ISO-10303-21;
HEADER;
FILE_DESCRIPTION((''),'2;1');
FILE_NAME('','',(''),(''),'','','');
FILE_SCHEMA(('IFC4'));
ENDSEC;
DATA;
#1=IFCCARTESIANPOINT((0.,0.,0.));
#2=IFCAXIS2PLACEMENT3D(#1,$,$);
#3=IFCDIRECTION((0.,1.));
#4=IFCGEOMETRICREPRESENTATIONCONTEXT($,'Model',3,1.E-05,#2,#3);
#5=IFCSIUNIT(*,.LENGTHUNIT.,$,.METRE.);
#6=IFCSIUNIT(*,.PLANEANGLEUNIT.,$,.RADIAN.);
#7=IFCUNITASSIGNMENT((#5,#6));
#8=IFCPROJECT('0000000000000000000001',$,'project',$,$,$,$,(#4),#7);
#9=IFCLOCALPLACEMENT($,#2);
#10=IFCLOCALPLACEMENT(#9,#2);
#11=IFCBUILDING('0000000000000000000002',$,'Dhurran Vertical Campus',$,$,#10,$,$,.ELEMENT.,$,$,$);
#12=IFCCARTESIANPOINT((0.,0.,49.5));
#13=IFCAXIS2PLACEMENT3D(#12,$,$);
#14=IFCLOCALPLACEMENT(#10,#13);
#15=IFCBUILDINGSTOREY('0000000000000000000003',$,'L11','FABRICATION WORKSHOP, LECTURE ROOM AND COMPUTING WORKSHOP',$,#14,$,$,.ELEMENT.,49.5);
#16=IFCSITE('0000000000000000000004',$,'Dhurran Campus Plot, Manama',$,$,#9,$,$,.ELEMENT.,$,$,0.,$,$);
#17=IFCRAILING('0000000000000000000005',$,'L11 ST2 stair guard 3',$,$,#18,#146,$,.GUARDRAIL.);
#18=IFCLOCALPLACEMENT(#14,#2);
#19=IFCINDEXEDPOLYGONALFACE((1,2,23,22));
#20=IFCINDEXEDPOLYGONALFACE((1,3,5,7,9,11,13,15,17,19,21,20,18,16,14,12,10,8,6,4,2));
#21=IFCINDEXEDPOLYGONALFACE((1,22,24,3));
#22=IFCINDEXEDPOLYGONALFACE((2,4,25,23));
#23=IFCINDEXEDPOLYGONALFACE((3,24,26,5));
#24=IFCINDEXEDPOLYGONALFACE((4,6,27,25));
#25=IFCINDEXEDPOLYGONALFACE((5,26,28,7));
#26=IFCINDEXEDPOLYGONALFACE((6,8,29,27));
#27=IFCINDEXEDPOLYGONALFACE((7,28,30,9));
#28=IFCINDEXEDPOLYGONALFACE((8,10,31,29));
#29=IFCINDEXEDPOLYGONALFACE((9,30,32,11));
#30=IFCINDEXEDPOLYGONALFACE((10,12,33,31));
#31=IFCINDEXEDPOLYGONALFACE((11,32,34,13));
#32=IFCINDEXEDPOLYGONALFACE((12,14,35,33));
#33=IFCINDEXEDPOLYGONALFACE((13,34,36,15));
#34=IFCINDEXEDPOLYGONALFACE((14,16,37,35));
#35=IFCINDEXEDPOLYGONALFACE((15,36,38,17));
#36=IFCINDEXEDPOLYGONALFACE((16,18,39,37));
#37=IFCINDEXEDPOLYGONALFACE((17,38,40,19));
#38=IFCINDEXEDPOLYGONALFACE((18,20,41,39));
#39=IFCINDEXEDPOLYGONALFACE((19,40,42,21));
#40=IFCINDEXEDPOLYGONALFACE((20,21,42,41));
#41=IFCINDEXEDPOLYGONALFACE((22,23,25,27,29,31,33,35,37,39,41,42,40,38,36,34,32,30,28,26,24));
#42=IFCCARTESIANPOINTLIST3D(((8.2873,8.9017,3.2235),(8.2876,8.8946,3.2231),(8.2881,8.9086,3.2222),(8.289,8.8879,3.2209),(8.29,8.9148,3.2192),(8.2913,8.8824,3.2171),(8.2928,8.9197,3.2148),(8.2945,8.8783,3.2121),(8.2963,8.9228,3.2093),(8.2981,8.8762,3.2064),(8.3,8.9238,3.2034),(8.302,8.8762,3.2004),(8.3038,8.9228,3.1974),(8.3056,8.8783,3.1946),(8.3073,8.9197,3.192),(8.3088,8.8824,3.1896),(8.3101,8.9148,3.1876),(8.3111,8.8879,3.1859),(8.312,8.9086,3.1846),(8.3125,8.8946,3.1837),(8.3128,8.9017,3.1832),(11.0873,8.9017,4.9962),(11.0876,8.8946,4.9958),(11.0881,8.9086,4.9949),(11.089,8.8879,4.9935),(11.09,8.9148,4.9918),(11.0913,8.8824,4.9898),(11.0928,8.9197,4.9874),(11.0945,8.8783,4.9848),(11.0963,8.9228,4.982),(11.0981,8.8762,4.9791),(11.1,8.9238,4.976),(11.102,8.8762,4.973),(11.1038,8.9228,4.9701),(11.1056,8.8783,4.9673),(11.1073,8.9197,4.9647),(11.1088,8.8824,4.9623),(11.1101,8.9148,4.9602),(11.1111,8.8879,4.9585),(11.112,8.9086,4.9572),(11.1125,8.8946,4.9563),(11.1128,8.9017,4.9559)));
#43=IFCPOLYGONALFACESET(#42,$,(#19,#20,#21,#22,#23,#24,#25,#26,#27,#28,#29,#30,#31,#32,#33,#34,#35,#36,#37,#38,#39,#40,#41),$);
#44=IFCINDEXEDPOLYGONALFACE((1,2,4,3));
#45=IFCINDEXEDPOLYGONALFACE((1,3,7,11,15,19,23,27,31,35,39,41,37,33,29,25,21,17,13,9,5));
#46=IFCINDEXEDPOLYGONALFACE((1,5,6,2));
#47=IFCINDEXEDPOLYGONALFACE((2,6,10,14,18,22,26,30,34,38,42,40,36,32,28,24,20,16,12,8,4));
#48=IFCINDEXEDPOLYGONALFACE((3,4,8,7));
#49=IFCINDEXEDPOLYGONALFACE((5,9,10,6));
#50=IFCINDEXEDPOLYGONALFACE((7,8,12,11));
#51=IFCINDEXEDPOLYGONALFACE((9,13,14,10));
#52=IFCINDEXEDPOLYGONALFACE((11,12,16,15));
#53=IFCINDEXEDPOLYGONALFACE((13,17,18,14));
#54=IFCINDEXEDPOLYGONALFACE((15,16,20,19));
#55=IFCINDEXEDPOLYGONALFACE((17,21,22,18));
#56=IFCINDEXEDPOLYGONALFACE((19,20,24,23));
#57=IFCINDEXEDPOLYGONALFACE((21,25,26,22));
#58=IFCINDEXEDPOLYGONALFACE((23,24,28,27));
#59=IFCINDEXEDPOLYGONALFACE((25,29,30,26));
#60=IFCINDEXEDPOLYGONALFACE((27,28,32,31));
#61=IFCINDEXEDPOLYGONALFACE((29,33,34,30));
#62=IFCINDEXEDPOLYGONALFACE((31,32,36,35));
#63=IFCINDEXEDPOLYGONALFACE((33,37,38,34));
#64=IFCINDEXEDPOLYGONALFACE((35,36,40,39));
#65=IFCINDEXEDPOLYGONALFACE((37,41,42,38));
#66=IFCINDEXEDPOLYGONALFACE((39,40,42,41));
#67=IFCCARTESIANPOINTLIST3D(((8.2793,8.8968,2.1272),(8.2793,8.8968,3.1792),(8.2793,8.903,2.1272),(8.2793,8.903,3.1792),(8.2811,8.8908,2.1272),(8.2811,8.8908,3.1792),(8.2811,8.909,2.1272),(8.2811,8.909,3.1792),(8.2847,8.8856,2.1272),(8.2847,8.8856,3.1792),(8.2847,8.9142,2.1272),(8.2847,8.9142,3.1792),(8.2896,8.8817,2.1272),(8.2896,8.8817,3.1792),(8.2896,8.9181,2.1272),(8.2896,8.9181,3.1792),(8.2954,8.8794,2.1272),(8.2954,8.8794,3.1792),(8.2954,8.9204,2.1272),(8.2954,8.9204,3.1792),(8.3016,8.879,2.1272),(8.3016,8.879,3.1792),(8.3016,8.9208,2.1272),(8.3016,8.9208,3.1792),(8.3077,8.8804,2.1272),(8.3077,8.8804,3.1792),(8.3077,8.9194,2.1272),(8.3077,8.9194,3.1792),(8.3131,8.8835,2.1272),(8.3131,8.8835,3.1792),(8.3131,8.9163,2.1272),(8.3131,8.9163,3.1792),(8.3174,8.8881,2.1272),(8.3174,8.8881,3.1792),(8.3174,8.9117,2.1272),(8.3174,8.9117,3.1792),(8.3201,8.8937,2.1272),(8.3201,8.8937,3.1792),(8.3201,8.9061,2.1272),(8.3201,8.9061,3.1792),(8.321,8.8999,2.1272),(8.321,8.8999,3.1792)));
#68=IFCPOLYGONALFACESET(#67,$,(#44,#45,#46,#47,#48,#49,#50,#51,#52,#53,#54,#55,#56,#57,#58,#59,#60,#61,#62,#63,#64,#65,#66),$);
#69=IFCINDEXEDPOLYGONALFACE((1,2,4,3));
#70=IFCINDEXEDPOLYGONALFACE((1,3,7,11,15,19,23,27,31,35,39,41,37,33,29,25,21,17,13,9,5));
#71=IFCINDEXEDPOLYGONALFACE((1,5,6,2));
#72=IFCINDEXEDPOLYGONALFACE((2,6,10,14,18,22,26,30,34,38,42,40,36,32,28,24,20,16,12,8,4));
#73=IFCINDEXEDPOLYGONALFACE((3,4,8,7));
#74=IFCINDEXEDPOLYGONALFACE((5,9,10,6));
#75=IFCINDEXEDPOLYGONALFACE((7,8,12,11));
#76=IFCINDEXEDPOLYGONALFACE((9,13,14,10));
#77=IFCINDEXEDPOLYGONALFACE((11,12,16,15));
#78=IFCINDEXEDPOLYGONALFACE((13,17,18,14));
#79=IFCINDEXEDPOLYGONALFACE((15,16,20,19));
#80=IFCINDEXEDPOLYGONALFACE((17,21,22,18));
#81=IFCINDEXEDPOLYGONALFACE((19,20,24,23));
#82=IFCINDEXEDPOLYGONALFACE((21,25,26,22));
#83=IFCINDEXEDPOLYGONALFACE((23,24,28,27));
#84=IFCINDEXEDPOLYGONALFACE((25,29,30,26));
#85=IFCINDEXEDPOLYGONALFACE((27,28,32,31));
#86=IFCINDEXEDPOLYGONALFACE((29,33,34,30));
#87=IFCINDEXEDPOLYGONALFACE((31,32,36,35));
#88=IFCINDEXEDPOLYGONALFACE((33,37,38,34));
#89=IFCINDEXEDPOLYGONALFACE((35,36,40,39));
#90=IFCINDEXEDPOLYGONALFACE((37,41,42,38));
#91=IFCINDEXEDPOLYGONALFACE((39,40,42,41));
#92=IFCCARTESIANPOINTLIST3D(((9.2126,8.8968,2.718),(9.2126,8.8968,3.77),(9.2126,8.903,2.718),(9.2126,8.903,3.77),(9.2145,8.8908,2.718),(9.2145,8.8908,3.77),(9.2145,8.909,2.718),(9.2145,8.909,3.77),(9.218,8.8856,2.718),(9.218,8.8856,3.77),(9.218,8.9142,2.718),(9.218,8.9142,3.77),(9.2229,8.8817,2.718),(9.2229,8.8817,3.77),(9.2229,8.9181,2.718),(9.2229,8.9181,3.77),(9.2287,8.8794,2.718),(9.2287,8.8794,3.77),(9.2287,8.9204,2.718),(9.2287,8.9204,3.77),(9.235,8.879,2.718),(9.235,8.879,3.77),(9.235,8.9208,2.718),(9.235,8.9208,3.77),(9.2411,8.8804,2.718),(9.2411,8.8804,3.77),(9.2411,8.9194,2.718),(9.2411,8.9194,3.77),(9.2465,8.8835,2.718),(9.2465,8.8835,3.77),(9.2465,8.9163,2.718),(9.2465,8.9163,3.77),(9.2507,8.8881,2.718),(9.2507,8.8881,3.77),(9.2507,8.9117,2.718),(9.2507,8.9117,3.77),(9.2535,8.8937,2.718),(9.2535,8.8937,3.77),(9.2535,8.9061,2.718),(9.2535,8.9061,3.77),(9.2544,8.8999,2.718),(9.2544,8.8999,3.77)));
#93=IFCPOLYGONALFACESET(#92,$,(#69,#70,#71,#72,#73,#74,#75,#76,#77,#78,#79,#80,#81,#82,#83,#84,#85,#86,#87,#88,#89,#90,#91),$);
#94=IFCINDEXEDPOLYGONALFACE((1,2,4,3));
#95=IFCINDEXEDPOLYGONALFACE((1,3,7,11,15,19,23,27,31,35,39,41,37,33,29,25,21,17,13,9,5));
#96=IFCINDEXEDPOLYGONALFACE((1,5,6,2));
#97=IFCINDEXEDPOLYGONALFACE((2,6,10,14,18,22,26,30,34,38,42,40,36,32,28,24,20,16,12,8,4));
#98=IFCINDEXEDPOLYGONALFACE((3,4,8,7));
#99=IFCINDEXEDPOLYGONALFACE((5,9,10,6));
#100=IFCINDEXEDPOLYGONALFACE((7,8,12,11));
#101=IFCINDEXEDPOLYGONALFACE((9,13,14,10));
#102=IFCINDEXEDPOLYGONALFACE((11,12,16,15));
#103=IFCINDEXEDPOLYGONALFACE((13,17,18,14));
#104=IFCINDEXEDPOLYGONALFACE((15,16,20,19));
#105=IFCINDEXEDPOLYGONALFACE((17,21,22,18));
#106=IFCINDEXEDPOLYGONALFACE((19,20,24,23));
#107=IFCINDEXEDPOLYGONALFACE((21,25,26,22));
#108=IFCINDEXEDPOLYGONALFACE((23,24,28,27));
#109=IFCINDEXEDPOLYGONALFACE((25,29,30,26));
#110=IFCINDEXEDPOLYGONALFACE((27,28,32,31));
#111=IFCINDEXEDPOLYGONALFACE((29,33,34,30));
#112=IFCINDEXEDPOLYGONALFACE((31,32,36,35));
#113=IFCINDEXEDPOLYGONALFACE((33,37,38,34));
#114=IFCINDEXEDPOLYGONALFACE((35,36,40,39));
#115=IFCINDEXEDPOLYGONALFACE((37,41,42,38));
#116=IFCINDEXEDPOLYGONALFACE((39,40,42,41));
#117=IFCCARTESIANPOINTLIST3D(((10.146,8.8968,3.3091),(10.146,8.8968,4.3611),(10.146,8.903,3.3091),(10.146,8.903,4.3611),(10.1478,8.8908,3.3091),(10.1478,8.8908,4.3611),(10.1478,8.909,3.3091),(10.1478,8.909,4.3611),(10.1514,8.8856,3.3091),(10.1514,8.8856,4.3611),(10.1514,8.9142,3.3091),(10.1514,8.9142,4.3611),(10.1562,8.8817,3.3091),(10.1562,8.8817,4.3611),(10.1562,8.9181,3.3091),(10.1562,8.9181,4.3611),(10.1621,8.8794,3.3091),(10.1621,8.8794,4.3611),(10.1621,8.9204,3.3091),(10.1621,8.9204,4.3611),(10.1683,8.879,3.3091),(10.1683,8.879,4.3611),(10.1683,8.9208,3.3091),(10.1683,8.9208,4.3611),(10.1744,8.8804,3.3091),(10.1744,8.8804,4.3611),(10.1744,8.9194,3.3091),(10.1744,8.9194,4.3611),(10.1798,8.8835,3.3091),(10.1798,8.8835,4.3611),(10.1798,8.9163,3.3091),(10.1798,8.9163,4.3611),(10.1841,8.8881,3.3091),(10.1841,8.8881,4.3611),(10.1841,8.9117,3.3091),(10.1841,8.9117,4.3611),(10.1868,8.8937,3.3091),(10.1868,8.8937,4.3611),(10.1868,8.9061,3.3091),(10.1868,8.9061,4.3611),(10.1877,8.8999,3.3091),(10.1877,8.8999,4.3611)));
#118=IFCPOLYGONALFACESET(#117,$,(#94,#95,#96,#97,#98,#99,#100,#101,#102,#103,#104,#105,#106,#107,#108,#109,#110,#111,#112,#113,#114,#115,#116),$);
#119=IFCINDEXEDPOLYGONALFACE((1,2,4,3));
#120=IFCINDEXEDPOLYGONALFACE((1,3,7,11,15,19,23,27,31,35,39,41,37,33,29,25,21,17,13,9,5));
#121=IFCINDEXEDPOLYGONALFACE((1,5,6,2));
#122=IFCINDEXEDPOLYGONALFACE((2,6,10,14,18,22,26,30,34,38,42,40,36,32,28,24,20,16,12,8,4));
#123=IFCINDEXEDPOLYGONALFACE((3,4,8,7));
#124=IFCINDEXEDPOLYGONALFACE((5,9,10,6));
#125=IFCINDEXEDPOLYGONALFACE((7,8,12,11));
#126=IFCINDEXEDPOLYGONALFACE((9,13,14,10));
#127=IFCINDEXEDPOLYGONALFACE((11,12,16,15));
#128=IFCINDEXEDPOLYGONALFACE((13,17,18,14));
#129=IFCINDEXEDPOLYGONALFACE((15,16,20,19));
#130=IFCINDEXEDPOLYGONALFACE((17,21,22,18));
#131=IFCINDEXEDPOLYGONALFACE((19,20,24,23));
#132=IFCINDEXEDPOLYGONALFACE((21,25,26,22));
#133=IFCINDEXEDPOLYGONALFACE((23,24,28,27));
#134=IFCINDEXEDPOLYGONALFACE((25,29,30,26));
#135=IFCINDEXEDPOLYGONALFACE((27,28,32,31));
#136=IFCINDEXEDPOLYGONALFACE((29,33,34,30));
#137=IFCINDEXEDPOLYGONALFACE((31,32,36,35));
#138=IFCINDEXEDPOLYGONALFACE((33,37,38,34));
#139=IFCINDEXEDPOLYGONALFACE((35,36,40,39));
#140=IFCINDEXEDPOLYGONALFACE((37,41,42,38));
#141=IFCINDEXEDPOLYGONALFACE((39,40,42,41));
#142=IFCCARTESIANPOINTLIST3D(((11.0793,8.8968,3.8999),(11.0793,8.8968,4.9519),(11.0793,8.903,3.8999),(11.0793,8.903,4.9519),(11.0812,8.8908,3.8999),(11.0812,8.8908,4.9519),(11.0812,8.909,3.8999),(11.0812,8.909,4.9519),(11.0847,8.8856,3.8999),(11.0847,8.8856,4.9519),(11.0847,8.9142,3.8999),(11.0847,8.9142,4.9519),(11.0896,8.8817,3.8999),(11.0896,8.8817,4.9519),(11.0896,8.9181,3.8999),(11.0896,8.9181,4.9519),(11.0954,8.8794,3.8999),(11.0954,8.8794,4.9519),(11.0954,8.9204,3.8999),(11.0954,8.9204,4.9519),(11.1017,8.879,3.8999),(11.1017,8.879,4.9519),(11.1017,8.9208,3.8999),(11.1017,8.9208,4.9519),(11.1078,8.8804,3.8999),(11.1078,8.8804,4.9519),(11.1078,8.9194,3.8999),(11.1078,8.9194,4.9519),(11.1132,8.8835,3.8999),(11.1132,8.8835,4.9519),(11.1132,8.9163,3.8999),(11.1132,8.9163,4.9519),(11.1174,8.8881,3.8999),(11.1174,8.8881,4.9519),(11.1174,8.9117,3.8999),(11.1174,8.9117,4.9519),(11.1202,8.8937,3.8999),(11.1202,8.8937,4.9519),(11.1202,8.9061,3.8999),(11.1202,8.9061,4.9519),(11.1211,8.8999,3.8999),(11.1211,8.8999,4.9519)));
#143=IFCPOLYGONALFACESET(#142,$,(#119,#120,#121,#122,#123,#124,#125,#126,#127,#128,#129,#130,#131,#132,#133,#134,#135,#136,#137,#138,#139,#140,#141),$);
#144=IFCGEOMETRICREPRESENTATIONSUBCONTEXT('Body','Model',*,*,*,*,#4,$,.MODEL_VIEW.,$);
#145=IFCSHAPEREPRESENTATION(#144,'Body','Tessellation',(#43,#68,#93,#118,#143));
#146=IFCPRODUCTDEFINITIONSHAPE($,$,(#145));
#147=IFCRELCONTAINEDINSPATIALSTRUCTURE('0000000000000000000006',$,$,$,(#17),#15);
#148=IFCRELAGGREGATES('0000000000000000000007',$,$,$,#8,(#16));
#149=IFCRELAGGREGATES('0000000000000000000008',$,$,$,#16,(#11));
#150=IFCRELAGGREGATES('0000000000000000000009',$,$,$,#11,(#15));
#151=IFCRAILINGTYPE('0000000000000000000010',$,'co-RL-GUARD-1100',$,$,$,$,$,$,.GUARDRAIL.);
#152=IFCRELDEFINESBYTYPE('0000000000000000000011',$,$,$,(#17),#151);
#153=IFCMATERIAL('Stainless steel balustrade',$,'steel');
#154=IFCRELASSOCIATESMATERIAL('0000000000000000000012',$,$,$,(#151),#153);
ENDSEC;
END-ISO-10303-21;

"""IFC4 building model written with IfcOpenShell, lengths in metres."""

from ifc_helpers import new_model, si_unit, direction, frame, origin, origin_2d, place, context, subcontext, project, spatial, circle, extrude, material, type_object, element, save


model = new_model("IFC4")

# Units and contexts
model_context = context("Model", 3, precision=1e-05, world=origin(), true_north=direction((0.0, 1.0)))
body_context = subcontext(model_context, "Body", "Model", "MODEL_VIEW")
ifc_project = project(units=[si_unit("LENGTHUNIT", "METRE"), si_unit("PLANEANGLEUNIT", "RADIAN")], contexts=[model_context])

# Site, building, storey
site_placement = place(None, origin())
site = spatial("IfcSite", under=ifc_project, at=site_placement, Name="Dhurran Campus Plot, Manama", CompositionType="ELEMENT", RefElevation=0.0)
building_placement = place(site_placement, origin())
building = spatial("IfcBuilding", under=site, at=building_placement, Name="Dhurran Vertical Campus", CompositionType="ELEMENT")
storey_placement = place(building_placement, frame((0.0, 0.0, 49.5)))
storey = spatial("IfcBuildingStorey", under=building, at=storey_placement, Name="L11", Description="FABRICATION WORKSHOP, LECTURE ROOM AND COMPUTING WORKSHOP", CompositionType="ELEMENT", Elevation=49.5)

# Railing
ifc_material_1 = material(Name="Stainless steel balustrade", Category="steel")
railing_type_1 = type_object("IfcRailingType", Name="co-RL-GUARD-1100", PredefinedType="GUARDRAIL", material=ifc_material_1)
railing_1_placement = place(storey_placement, frame((8.3, 8.8999, 2.1272)))
element("IfcRailing", 1, at=railing_1_placement, inside=storey, type_object=railing_type_1, Name="L11 ST2 stair guard 3", PredefinedType="GUARDRAIL", context=body_context, shape_type="SweptSolid", body=[
    extrude(circle(Radius=0.0239, at=origin_2d()), frame((0.0, 0.0, 1.0762), z_axis=(0.844909, 0.0, 0.53491), x_axis=(0.0, 1.0, 0.0)), (0.0, 0.0, 1.0), 3.314),
    extrude(circle(Radius=0.021, at=origin_2d()), origin(), (0.0, 0.0, 1.0), 1.052),
    extrude(circle(Radius=0.021, at=origin_2d()), frame((0.9333, 0.0, 0.5908)), (0.0, 0.0, 1.0), 1.052),
    extrude(circle(Radius=0.021, at=origin_2d()), frame((1.8667, 0.0, 1.1819)), (0.0, 0.0, 1.0), 1.052),
    extrude(circle(Radius=0.021, at=origin_2d()), frame((2.8, 0.0, 1.7727)), (0.0, 0.0, 1.0), 1.052),
])

save(model, "model.ifc")
